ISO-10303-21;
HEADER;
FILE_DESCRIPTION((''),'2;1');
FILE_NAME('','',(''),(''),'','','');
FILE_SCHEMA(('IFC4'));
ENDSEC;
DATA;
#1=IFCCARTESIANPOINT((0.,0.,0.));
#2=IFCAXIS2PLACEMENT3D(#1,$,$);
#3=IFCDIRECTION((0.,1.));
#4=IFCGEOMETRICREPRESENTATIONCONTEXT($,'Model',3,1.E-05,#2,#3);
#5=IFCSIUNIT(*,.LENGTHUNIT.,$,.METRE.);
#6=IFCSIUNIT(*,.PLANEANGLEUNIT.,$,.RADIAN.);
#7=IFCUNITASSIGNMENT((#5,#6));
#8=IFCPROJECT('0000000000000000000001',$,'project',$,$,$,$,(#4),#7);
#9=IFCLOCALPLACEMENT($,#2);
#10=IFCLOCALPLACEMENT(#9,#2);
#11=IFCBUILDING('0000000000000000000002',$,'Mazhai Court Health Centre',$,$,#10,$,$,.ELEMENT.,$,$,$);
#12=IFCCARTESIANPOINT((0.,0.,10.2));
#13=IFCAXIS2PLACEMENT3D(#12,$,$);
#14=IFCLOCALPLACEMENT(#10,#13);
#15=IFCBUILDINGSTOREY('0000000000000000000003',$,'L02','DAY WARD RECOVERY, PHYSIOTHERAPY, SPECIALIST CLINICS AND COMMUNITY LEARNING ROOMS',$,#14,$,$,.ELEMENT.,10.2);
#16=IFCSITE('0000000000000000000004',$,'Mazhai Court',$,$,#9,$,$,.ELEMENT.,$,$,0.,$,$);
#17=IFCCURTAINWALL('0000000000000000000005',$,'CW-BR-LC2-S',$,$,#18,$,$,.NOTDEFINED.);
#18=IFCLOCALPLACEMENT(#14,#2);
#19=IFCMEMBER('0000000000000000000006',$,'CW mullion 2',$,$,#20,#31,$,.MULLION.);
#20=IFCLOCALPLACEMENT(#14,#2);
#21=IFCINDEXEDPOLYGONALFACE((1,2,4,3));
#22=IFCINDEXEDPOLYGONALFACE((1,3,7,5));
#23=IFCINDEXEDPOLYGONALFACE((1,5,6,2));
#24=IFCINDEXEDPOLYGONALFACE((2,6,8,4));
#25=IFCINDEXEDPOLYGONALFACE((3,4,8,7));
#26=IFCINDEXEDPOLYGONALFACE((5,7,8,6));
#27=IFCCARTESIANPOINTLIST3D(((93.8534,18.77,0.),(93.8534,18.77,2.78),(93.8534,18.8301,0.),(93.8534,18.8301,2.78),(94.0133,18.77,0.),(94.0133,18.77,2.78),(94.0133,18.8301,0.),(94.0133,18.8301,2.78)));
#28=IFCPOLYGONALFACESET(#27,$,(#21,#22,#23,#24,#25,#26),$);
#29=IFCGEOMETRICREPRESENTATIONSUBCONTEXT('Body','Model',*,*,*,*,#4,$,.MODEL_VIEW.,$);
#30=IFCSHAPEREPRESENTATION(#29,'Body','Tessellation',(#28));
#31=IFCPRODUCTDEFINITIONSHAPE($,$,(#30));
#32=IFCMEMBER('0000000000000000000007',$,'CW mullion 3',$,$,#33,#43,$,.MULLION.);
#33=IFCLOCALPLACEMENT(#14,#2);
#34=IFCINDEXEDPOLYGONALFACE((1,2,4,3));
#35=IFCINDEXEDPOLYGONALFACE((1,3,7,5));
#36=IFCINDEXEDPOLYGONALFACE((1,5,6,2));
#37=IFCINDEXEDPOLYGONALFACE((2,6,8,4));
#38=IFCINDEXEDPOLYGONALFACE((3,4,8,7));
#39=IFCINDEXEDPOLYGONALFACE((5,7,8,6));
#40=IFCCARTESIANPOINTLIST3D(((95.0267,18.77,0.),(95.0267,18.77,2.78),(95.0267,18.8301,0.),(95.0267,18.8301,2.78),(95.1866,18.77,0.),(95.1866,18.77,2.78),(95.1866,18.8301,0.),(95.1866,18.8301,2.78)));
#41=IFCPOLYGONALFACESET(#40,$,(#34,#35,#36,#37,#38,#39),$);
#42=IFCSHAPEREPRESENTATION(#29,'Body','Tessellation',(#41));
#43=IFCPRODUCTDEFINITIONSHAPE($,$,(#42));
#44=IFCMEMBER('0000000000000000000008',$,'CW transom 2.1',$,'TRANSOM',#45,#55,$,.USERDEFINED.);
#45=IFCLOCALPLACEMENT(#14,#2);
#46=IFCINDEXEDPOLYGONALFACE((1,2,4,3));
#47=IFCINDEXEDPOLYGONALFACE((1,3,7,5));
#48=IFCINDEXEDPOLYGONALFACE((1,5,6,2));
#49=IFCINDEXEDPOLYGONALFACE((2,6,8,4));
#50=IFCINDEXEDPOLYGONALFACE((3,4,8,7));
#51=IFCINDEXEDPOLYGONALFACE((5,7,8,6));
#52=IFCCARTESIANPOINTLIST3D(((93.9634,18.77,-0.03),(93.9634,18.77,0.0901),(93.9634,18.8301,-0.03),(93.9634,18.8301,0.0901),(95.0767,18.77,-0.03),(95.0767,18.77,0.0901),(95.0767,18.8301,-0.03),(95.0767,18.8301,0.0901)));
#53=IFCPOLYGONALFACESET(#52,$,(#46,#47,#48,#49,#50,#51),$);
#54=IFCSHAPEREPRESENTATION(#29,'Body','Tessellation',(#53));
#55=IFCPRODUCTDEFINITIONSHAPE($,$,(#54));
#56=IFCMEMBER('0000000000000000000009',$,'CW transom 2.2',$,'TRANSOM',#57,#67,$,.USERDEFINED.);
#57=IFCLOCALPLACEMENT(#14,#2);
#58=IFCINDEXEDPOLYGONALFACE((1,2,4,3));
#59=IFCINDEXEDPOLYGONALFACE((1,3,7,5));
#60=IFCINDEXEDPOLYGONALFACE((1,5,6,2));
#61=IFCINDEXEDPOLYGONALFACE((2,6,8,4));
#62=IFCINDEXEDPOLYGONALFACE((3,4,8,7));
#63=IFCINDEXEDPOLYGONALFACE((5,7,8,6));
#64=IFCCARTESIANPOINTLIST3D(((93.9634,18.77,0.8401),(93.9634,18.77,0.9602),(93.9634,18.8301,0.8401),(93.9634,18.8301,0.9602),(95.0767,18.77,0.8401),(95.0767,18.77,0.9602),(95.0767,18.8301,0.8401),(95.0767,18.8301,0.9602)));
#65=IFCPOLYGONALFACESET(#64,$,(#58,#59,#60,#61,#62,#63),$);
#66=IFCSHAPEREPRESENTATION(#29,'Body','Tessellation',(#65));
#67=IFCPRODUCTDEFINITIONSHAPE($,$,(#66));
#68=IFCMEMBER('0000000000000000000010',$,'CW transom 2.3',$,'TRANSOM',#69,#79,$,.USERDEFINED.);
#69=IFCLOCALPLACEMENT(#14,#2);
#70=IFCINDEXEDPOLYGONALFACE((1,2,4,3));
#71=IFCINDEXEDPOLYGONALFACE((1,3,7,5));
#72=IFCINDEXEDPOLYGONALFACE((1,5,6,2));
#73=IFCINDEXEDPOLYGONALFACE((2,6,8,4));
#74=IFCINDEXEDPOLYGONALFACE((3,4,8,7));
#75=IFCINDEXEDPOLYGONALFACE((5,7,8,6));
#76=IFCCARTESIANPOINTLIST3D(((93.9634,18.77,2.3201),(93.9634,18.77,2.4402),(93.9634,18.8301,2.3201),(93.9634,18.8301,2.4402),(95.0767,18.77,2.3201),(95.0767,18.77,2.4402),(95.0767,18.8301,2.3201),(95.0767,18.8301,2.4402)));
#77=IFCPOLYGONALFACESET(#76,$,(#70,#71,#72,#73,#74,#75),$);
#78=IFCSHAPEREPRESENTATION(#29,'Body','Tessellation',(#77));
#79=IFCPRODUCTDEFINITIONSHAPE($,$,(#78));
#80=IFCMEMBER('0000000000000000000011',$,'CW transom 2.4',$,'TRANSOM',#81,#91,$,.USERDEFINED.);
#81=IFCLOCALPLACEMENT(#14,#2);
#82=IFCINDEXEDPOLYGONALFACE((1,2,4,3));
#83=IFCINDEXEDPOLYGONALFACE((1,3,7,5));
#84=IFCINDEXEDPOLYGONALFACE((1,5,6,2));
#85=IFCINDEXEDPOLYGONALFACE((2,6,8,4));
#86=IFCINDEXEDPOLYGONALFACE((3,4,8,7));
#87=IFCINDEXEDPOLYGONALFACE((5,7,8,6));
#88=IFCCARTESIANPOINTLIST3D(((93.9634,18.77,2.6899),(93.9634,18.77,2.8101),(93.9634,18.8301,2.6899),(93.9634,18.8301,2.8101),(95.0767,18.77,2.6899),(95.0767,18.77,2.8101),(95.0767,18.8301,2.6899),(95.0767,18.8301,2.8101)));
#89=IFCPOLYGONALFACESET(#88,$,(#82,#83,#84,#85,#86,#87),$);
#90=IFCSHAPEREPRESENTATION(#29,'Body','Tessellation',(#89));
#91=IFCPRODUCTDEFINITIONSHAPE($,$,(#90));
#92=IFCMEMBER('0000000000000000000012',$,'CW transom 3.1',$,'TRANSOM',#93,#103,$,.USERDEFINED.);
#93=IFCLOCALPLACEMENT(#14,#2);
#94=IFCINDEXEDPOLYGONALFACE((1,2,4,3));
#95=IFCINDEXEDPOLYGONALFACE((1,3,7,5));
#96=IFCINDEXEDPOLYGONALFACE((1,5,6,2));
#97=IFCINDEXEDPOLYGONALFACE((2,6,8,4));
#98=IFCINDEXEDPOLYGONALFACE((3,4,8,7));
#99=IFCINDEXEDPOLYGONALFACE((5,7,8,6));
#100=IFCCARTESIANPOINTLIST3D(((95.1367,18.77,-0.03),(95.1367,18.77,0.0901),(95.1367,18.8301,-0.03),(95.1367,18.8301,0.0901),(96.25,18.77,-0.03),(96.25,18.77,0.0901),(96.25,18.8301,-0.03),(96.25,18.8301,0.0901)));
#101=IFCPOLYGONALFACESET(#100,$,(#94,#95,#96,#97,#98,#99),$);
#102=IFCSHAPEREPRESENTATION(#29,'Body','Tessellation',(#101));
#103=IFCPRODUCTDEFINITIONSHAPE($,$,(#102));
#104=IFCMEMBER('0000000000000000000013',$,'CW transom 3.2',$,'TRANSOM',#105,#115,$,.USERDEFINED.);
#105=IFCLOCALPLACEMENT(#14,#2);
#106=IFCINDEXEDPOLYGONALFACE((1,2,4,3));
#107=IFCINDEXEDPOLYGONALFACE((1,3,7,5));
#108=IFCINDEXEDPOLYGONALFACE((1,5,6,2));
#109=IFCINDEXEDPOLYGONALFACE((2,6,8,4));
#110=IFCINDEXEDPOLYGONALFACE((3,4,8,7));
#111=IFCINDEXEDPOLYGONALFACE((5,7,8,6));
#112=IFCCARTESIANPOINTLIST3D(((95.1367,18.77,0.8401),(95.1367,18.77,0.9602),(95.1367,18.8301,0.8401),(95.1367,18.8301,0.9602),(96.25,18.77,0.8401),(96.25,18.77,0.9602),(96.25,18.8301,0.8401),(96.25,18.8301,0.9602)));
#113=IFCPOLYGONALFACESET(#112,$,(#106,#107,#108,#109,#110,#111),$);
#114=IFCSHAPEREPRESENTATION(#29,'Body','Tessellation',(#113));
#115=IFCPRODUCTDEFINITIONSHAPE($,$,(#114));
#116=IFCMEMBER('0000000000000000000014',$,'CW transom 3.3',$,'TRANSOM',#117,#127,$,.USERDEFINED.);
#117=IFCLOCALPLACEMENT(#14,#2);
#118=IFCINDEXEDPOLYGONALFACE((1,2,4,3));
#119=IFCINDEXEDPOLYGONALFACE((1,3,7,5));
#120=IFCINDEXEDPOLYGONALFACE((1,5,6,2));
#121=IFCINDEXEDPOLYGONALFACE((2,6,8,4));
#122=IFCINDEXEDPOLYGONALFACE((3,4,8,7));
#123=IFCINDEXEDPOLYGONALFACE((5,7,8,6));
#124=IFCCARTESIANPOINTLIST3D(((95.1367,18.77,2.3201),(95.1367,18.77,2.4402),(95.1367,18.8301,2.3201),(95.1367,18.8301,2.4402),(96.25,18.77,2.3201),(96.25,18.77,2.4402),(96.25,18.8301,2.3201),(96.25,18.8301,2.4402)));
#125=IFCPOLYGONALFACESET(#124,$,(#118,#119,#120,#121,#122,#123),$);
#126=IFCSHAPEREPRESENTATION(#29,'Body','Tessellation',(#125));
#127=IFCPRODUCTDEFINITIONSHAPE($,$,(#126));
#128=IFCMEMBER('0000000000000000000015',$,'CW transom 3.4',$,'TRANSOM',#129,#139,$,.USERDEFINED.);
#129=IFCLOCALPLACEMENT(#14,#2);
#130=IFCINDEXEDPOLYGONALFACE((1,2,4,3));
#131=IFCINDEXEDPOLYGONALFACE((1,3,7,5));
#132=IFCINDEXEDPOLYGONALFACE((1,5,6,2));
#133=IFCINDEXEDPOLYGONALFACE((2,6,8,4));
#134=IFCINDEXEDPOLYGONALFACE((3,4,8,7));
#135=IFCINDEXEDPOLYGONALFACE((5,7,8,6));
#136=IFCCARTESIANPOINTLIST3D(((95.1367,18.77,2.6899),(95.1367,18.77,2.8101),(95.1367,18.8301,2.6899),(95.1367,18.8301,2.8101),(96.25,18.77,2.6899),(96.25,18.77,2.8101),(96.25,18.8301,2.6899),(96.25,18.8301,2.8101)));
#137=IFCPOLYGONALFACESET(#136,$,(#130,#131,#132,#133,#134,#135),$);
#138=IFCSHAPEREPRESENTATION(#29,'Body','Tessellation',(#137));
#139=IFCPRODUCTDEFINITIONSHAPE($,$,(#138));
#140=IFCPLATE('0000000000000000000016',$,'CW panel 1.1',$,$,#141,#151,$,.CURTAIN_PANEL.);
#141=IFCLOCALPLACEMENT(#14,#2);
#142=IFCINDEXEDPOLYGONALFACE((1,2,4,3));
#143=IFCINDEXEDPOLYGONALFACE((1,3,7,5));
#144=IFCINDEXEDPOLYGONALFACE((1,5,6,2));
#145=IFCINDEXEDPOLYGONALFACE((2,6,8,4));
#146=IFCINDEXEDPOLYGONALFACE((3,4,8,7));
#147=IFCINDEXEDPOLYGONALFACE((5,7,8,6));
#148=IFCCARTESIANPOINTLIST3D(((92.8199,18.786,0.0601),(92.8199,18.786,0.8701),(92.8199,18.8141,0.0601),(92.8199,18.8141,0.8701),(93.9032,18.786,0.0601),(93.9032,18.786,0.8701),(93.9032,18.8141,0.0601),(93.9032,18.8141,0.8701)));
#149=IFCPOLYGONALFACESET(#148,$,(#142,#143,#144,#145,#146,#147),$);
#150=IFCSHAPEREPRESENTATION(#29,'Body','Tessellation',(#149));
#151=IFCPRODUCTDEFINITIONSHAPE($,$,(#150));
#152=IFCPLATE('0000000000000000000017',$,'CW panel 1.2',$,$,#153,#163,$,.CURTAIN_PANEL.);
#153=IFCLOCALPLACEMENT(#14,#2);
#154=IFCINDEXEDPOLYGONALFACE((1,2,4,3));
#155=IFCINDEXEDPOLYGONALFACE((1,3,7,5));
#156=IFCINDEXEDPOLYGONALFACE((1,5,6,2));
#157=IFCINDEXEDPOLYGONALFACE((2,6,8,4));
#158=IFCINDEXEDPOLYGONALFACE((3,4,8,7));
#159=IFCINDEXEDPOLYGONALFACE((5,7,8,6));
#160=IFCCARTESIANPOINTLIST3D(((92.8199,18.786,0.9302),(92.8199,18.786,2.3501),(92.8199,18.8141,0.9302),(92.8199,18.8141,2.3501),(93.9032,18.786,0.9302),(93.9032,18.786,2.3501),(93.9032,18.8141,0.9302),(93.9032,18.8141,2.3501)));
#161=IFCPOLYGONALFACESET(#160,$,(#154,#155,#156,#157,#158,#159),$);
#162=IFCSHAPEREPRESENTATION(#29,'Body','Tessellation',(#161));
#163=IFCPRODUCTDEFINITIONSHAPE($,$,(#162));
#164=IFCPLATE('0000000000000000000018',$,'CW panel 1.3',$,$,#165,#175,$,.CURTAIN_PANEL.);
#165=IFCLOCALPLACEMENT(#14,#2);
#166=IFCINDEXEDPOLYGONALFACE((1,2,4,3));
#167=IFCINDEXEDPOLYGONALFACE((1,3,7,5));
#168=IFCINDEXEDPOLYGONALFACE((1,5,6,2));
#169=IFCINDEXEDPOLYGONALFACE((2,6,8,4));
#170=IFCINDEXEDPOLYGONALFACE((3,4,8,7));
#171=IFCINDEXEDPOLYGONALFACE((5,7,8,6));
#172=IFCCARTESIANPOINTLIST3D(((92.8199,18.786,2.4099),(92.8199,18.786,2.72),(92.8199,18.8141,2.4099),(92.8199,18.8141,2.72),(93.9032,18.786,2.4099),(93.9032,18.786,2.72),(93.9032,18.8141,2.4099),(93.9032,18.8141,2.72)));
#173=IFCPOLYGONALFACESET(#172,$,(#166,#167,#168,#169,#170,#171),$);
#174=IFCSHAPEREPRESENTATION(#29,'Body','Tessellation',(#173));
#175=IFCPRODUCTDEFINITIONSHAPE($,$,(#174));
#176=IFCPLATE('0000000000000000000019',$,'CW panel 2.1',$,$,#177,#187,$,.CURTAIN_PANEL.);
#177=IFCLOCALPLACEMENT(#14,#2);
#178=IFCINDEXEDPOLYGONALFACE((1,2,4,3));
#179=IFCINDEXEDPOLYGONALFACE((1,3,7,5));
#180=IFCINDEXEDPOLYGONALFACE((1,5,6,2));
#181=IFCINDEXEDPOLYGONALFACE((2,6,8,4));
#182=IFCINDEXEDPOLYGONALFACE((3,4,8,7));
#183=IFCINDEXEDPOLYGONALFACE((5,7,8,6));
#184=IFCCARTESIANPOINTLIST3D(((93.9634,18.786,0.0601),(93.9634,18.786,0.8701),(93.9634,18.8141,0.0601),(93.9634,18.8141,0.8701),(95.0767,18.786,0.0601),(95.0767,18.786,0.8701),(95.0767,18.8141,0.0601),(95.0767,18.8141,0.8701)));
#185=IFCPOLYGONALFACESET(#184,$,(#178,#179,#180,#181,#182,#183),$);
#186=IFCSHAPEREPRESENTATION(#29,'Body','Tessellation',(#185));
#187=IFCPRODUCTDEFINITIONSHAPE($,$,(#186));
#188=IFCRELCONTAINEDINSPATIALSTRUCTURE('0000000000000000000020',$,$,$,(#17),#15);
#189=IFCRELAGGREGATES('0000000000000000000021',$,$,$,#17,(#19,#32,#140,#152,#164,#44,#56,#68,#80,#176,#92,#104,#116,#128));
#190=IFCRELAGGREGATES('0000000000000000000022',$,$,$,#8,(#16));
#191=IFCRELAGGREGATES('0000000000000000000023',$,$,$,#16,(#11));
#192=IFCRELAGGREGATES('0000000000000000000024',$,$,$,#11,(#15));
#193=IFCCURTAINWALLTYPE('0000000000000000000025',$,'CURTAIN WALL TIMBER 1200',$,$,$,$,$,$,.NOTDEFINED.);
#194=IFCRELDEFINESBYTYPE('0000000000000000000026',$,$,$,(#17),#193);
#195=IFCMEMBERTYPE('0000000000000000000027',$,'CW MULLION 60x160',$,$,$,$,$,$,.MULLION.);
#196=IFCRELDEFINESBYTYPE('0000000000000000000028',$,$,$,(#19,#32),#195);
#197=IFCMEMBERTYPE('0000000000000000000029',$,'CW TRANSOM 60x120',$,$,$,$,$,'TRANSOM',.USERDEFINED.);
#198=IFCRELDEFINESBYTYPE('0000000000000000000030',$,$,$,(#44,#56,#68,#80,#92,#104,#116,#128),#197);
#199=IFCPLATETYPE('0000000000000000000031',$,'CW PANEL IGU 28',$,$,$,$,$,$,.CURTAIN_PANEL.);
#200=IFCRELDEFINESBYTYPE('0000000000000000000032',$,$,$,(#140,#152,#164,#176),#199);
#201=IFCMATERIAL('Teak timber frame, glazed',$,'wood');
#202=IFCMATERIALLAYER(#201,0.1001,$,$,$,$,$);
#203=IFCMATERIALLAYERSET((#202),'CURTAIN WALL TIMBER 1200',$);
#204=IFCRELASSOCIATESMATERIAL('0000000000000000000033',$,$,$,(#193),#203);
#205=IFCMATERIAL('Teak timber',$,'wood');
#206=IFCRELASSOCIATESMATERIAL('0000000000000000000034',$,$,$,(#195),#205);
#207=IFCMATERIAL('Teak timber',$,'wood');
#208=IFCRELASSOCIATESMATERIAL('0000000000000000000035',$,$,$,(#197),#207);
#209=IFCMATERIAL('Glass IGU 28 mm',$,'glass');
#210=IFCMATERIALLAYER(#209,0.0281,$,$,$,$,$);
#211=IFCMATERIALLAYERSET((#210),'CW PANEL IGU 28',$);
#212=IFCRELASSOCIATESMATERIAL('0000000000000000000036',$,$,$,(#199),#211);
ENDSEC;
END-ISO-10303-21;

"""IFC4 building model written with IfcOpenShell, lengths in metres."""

from ifc_helpers import new_model, si_unit, direction, frame, origin, origin_2d, place, context, subcontext, project, spatial, rectangle, extrude, material, layer, layer_set, material_profile, profile_set, type_object, element, aggregate, save


model = new_model("IFC4")

# Units and contexts
model_context = context("Model", 3, precision=1e-05, world=origin(), true_north=direction((0.0, 1.0)))
body_context = subcontext(model_context, "Body", "Model", "MODEL_VIEW")
ifc_project = project(units=[si_unit("LENGTHUNIT", "METRE"), si_unit("PLANEANGLEUNIT", "RADIAN")], contexts=[model_context])

# Site, building, storey
site_placement = place(None, origin())
site = spatial("IfcSite", under=ifc_project, at=site_placement, Name="Mazhai Court", CompositionType="ELEMENT", RefElevation=0.0)
building_placement = place(site_placement, origin())
building = spatial("IfcBuilding", under=site, at=building_placement, Name="Mazhai Court Health Centre", CompositionType="ELEMENT")
storey_placement = place(building_placement, frame((0.0, 0.0, 10.2)))
storey = spatial("IfcBuildingStorey", under=building, at=storey_placement, Name="L02", Description="DAY WARD RECOVERY, PHYSIOTHERAPY, SPECIALIST CLINICS AND COMMUNITY LEARNING ROOMS", CompositionType="ELEMENT", Elevation=10.2)

# Curtain wall, members, plates
ifc_material_1 = material(Name="Teak timber frame, glazed", Category="wood")
ifc_layer_1 = layer(ifc_material_1, 0.1001)
ifc_layer_set_1 = layer_set([ifc_layer_1], Name="CURTAIN WALL TIMBER 1200")
curtain_wall_type = type_object("IfcCurtainWallType", Name="CURTAIN WALL TIMBER 1200", PredefinedType="NOTDEFINED", material=ifc_layer_set_1)
curtain_wall_placement = place(storey_placement, origin())
curtain_wall = element("IfcCurtainWall", 1, at=curtain_wall_placement, inside=storey, type_object=curtain_wall_type, Name="CW-BR-LC2-S", PredefinedType="NOTDEFINED")
ifc_material_2 = material(Name="Teak timber", Category="wood")
ifc_material_profile_1 = material_profile(ifc_material_2, rectangle(XDim=0.0601, YDim=0.1599, at=origin_2d()), Name="CW MULLION 60x160")
ifc_profile_set_1 = profile_set([ifc_material_profile_1], Name="Teak timber")
member_type_1 = type_object("IfcMemberType", Name="CW MULLION 60x160", PredefinedType="MULLION", material=ifc_profile_set_1)
member_1_placement = place(storey_placement, frame((93.9333, 18.8, 0.0), z_axis=(0.0, 0.0, 1.0), x_axis=(0.0, 1.0, 0.0)))
member_1 = element("IfcMember", 2, at=member_1_placement, type_object=member_type_1, Name="CW mullion 2", PredefinedType="MULLION", context=body_context, shape_type="SweptSolid", body=[
    extrude(rectangle(XDim=0.0601, YDim=0.1599, at=origin_2d()), origin(), (0.0, 0.0, 1.0), 2.78),
])
member_2_placement = place(storey_placement, frame((95.1067, 18.8, 0.0), z_axis=(0.0, 0.0, 1.0), x_axis=(0.0, 1.0, 0.0)))
member_2 = element("IfcMember", 3, at=member_2_placement, type_object=member_type_1, Name="CW mullion 3", PredefinedType="MULLION", context=body_context, shape_type="SweptSolid", body=[
    extrude(rectangle(XDim=0.0601, YDim=0.1599, at=origin_2d()), origin(), (0.0, 0.0, 1.0), 2.78),
])
ifc_material_3 = material(Name="Teak timber", Category="wood")
ifc_material_profile_2 = material_profile(ifc_material_3, rectangle(XDim=0.0601, YDim=0.1201, at=origin_2d()), Name="CW TRANSOM 60x120")
ifc_profile_set_2 = profile_set([ifc_material_profile_2], Name="Teak timber")
member_type_2 = type_object("IfcMemberType", Name="CW TRANSOM 60x120", ElementType="TRANSOM", PredefinedType="USERDEFINED", material=ifc_profile_set_2)
member_3_placement = place(storey_placement, frame((93.9634, 18.8, 0.03), z_axis=(1.0, 0.0, 0.0), x_axis=(0.0, 1.0, 0.0)))
member_3 = element("IfcMember", 4, at=member_3_placement, type_object=member_type_2, Name="CW transom 2.1", ObjectType="TRANSOM", PredefinedType="USERDEFINED", context=body_context, shape_type="SweptSolid", body=[
    extrude(rectangle(XDim=0.0601, YDim=0.1201, at=origin_2d()), origin(), (0.0, 0.0, 1.0), 1.1133),
])
member_4_placement = place(storey_placement, frame((93.9634, 18.8, 0.9001), z_axis=(1.0, 0.0, 0.0), x_axis=(0.0, 1.0, 0.0)))
member_4 = element("IfcMember", 5, at=member_4_placement, type_object=member_type_2, Name="CW transom 2.2", ObjectType="TRANSOM", PredefinedType="USERDEFINED", context=body_context, shape_type="SweptSolid", body=[
    extrude(rectangle(XDim=0.0601, YDim=0.1201, at=origin_2d()), origin(), (0.0, 0.0, 1.0), 1.1133),
])
member_5_placement = place(storey_placement, frame((93.9634, 18.8, 2.3801), z_axis=(1.0, 0.0, 0.0), x_axis=(0.0, 1.0, 0.0)))
member_5 = element("IfcMember", 6, at=member_5_placement, type_object=member_type_2, Name="CW transom 2.3", ObjectType="TRANSOM", PredefinedType="USERDEFINED", context=body_context, shape_type="SweptSolid", body=[
    extrude(rectangle(XDim=0.0601, YDim=0.1201, at=origin_2d()), origin(), (0.0, 0.0, 1.0), 1.1133),
])
member_6_placement = place(storey_placement, frame((93.9634, 18.8, 2.75), z_axis=(1.0, 0.0, 0.0), x_axis=(0.0, 1.0, 0.0)))
member_6 = element("IfcMember", 7, at=member_6_placement, type_object=member_type_2, Name="CW transom 2.4", ObjectType="TRANSOM", PredefinedType="USERDEFINED", context=body_context, shape_type="SweptSolid", body=[
    extrude(rectangle(XDim=0.0601, YDim=0.1201, at=origin_2d()), origin(), (0.0, 0.0, 1.0), 1.1133),
])
member_7_placement = place(storey_placement, frame((95.1367, 18.8, 0.03), z_axis=(1.0, 0.0, 0.0), x_axis=(0.0, 1.0, 0.0)))
member_7 = element("IfcMember", 8, at=member_7_placement, type_object=member_type_2, Name="CW transom 3.1", ObjectType="TRANSOM", PredefinedType="USERDEFINED", context=body_context, shape_type="SweptSolid", body=[
    extrude(rectangle(XDim=0.0601, YDim=0.1201, at=origin_2d()), origin(), (0.0, 0.0, 1.0), 1.1133),
])
member_8_placement = place(storey_placement, frame((95.1367, 18.8, 0.9001), z_axis=(1.0, 0.0, 0.0), x_axis=(0.0, 1.0, 0.0)))
member_8 = element("IfcMember", 9, at=member_8_placement, type_object=member_type_2, Name="CW transom 3.2", ObjectType="TRANSOM", PredefinedType="USERDEFINED", context=body_context, shape_type="SweptSolid", body=[
    extrude(rectangle(XDim=0.0601, YDim=0.1201, at=origin_2d()), origin(), (0.0, 0.0, 1.0), 1.1133),
])
member_9_placement = place(storey_placement, frame((95.1367, 18.8, 2.3801), z_axis=(1.0, 0.0, 0.0), x_axis=(0.0, 1.0, 0.0)))
member_9 = element("IfcMember", 10, at=member_9_placement, type_object=member_type_2, Name="CW transom 3.3", ObjectType="TRANSOM", PredefinedType="USERDEFINED", context=body_context, shape_type="SweptSolid", body=[
    extrude(rectangle(XDim=0.0601, YDim=0.1201, at=origin_2d()), origin(), (0.0, 0.0, 1.0), 1.1133),
])
member_10_placement = place(storey_placement, frame((95.1367, 18.8, 2.75), z_axis=(1.0, 0.0, 0.0), x_axis=(0.0, 1.0, 0.0)))
member_10 = element("IfcMember", 11, at=member_10_placement, type_object=member_type_2, Name="CW transom 3.4", ObjectType="TRANSOM", PredefinedType="USERDEFINED", context=body_context, shape_type="SweptSolid", body=[
    extrude(rectangle(XDim=0.0601, YDim=0.1201, at=origin_2d()), origin(), (0.0, 0.0, 1.0), 1.1133),
])
ifc_material_4 = material(Name="Glass IGU 28 mm", Category="glass")
ifc_layer_2 = layer(ifc_material_4, 0.0281)
ifc_layer_set_2 = layer_set([ifc_layer_2], Name="CW PANEL IGU 28")
plate_type = type_object("IfcPlateType", Name="CW PANEL IGU 28", PredefinedType="CURTAIN_PANEL", material=ifc_layer_set_2)
plate_1_placement = place(storey_placement, frame((93.3616, 18.8, 0.0601), z_axis=(0.0, 0.0, 1.0), x_axis=(1.0, 0.0, 0.0)))
plate_1 = element("IfcPlate", 12, at=plate_1_placement, type_object=plate_type, Name="CW panel 1.1", PredefinedType="CURTAIN_PANEL", context=body_context, shape_type="SweptSolid", body=[
    extrude(rectangle(XDim=1.0833, YDim=0.0281, at=origin_2d()), origin(), (0.0, 0.0, 1.0), 0.8101),
])
plate_2_placement = place(storey_placement, frame((93.3616, 18.8, 0.9302), z_axis=(0.0, 0.0, 1.0), x_axis=(1.0, 0.0, 0.0)))
plate_2 = element("IfcPlate", 13, at=plate_2_placement, type_object=plate_type, Name="CW panel 1.2", PredefinedType="CURTAIN_PANEL", context=body_context, shape_type="SweptSolid", body=[
    extrude(rectangle(XDim=1.0833, YDim=0.0281, at=origin_2d()), origin(), (0.0, 0.0, 1.0), 1.4199),
])
plate_3_placement = place(storey_placement, frame((93.3616, 18.8, 2.4099), z_axis=(0.0, 0.0, 1.0), x_axis=(1.0, 0.0, 0.0)))
plate_3 = element("IfcPlate", 14, at=plate_3_placement, type_object=plate_type, Name="CW panel 1.3", PredefinedType="CURTAIN_PANEL", context=body_context, shape_type="SweptSolid", body=[
    extrude(rectangle(XDim=1.0833, YDim=0.0281, at=origin_2d()), origin(), (0.0, 0.0, 1.0), 0.3101),
])
plate_4_placement = place(storey_placement, frame((94.52, 18.8, 0.0601), z_axis=(0.0, 0.0, 1.0), x_axis=(1.0, 0.0, 0.0)))
plate_4 = element("IfcPlate", 15, at=plate_4_placement, type_object=plate_type, Name="CW panel 2.1", PredefinedType="CURTAIN_PANEL", context=body_context, shape_type="SweptSolid", body=[
    extrude(rectangle(XDim=1.1133, YDim=0.0281, at=origin_2d()), origin(), (0.0, 0.0, 1.0), 0.8101),
])
aggregate(curtain_wall, [member_1, member_2, plate_1, plate_2, plate_3, member_3, member_4, member_5, member_6, plate_4, member_7, member_8, member_9, member_10])

save(model, "model.ifc")
